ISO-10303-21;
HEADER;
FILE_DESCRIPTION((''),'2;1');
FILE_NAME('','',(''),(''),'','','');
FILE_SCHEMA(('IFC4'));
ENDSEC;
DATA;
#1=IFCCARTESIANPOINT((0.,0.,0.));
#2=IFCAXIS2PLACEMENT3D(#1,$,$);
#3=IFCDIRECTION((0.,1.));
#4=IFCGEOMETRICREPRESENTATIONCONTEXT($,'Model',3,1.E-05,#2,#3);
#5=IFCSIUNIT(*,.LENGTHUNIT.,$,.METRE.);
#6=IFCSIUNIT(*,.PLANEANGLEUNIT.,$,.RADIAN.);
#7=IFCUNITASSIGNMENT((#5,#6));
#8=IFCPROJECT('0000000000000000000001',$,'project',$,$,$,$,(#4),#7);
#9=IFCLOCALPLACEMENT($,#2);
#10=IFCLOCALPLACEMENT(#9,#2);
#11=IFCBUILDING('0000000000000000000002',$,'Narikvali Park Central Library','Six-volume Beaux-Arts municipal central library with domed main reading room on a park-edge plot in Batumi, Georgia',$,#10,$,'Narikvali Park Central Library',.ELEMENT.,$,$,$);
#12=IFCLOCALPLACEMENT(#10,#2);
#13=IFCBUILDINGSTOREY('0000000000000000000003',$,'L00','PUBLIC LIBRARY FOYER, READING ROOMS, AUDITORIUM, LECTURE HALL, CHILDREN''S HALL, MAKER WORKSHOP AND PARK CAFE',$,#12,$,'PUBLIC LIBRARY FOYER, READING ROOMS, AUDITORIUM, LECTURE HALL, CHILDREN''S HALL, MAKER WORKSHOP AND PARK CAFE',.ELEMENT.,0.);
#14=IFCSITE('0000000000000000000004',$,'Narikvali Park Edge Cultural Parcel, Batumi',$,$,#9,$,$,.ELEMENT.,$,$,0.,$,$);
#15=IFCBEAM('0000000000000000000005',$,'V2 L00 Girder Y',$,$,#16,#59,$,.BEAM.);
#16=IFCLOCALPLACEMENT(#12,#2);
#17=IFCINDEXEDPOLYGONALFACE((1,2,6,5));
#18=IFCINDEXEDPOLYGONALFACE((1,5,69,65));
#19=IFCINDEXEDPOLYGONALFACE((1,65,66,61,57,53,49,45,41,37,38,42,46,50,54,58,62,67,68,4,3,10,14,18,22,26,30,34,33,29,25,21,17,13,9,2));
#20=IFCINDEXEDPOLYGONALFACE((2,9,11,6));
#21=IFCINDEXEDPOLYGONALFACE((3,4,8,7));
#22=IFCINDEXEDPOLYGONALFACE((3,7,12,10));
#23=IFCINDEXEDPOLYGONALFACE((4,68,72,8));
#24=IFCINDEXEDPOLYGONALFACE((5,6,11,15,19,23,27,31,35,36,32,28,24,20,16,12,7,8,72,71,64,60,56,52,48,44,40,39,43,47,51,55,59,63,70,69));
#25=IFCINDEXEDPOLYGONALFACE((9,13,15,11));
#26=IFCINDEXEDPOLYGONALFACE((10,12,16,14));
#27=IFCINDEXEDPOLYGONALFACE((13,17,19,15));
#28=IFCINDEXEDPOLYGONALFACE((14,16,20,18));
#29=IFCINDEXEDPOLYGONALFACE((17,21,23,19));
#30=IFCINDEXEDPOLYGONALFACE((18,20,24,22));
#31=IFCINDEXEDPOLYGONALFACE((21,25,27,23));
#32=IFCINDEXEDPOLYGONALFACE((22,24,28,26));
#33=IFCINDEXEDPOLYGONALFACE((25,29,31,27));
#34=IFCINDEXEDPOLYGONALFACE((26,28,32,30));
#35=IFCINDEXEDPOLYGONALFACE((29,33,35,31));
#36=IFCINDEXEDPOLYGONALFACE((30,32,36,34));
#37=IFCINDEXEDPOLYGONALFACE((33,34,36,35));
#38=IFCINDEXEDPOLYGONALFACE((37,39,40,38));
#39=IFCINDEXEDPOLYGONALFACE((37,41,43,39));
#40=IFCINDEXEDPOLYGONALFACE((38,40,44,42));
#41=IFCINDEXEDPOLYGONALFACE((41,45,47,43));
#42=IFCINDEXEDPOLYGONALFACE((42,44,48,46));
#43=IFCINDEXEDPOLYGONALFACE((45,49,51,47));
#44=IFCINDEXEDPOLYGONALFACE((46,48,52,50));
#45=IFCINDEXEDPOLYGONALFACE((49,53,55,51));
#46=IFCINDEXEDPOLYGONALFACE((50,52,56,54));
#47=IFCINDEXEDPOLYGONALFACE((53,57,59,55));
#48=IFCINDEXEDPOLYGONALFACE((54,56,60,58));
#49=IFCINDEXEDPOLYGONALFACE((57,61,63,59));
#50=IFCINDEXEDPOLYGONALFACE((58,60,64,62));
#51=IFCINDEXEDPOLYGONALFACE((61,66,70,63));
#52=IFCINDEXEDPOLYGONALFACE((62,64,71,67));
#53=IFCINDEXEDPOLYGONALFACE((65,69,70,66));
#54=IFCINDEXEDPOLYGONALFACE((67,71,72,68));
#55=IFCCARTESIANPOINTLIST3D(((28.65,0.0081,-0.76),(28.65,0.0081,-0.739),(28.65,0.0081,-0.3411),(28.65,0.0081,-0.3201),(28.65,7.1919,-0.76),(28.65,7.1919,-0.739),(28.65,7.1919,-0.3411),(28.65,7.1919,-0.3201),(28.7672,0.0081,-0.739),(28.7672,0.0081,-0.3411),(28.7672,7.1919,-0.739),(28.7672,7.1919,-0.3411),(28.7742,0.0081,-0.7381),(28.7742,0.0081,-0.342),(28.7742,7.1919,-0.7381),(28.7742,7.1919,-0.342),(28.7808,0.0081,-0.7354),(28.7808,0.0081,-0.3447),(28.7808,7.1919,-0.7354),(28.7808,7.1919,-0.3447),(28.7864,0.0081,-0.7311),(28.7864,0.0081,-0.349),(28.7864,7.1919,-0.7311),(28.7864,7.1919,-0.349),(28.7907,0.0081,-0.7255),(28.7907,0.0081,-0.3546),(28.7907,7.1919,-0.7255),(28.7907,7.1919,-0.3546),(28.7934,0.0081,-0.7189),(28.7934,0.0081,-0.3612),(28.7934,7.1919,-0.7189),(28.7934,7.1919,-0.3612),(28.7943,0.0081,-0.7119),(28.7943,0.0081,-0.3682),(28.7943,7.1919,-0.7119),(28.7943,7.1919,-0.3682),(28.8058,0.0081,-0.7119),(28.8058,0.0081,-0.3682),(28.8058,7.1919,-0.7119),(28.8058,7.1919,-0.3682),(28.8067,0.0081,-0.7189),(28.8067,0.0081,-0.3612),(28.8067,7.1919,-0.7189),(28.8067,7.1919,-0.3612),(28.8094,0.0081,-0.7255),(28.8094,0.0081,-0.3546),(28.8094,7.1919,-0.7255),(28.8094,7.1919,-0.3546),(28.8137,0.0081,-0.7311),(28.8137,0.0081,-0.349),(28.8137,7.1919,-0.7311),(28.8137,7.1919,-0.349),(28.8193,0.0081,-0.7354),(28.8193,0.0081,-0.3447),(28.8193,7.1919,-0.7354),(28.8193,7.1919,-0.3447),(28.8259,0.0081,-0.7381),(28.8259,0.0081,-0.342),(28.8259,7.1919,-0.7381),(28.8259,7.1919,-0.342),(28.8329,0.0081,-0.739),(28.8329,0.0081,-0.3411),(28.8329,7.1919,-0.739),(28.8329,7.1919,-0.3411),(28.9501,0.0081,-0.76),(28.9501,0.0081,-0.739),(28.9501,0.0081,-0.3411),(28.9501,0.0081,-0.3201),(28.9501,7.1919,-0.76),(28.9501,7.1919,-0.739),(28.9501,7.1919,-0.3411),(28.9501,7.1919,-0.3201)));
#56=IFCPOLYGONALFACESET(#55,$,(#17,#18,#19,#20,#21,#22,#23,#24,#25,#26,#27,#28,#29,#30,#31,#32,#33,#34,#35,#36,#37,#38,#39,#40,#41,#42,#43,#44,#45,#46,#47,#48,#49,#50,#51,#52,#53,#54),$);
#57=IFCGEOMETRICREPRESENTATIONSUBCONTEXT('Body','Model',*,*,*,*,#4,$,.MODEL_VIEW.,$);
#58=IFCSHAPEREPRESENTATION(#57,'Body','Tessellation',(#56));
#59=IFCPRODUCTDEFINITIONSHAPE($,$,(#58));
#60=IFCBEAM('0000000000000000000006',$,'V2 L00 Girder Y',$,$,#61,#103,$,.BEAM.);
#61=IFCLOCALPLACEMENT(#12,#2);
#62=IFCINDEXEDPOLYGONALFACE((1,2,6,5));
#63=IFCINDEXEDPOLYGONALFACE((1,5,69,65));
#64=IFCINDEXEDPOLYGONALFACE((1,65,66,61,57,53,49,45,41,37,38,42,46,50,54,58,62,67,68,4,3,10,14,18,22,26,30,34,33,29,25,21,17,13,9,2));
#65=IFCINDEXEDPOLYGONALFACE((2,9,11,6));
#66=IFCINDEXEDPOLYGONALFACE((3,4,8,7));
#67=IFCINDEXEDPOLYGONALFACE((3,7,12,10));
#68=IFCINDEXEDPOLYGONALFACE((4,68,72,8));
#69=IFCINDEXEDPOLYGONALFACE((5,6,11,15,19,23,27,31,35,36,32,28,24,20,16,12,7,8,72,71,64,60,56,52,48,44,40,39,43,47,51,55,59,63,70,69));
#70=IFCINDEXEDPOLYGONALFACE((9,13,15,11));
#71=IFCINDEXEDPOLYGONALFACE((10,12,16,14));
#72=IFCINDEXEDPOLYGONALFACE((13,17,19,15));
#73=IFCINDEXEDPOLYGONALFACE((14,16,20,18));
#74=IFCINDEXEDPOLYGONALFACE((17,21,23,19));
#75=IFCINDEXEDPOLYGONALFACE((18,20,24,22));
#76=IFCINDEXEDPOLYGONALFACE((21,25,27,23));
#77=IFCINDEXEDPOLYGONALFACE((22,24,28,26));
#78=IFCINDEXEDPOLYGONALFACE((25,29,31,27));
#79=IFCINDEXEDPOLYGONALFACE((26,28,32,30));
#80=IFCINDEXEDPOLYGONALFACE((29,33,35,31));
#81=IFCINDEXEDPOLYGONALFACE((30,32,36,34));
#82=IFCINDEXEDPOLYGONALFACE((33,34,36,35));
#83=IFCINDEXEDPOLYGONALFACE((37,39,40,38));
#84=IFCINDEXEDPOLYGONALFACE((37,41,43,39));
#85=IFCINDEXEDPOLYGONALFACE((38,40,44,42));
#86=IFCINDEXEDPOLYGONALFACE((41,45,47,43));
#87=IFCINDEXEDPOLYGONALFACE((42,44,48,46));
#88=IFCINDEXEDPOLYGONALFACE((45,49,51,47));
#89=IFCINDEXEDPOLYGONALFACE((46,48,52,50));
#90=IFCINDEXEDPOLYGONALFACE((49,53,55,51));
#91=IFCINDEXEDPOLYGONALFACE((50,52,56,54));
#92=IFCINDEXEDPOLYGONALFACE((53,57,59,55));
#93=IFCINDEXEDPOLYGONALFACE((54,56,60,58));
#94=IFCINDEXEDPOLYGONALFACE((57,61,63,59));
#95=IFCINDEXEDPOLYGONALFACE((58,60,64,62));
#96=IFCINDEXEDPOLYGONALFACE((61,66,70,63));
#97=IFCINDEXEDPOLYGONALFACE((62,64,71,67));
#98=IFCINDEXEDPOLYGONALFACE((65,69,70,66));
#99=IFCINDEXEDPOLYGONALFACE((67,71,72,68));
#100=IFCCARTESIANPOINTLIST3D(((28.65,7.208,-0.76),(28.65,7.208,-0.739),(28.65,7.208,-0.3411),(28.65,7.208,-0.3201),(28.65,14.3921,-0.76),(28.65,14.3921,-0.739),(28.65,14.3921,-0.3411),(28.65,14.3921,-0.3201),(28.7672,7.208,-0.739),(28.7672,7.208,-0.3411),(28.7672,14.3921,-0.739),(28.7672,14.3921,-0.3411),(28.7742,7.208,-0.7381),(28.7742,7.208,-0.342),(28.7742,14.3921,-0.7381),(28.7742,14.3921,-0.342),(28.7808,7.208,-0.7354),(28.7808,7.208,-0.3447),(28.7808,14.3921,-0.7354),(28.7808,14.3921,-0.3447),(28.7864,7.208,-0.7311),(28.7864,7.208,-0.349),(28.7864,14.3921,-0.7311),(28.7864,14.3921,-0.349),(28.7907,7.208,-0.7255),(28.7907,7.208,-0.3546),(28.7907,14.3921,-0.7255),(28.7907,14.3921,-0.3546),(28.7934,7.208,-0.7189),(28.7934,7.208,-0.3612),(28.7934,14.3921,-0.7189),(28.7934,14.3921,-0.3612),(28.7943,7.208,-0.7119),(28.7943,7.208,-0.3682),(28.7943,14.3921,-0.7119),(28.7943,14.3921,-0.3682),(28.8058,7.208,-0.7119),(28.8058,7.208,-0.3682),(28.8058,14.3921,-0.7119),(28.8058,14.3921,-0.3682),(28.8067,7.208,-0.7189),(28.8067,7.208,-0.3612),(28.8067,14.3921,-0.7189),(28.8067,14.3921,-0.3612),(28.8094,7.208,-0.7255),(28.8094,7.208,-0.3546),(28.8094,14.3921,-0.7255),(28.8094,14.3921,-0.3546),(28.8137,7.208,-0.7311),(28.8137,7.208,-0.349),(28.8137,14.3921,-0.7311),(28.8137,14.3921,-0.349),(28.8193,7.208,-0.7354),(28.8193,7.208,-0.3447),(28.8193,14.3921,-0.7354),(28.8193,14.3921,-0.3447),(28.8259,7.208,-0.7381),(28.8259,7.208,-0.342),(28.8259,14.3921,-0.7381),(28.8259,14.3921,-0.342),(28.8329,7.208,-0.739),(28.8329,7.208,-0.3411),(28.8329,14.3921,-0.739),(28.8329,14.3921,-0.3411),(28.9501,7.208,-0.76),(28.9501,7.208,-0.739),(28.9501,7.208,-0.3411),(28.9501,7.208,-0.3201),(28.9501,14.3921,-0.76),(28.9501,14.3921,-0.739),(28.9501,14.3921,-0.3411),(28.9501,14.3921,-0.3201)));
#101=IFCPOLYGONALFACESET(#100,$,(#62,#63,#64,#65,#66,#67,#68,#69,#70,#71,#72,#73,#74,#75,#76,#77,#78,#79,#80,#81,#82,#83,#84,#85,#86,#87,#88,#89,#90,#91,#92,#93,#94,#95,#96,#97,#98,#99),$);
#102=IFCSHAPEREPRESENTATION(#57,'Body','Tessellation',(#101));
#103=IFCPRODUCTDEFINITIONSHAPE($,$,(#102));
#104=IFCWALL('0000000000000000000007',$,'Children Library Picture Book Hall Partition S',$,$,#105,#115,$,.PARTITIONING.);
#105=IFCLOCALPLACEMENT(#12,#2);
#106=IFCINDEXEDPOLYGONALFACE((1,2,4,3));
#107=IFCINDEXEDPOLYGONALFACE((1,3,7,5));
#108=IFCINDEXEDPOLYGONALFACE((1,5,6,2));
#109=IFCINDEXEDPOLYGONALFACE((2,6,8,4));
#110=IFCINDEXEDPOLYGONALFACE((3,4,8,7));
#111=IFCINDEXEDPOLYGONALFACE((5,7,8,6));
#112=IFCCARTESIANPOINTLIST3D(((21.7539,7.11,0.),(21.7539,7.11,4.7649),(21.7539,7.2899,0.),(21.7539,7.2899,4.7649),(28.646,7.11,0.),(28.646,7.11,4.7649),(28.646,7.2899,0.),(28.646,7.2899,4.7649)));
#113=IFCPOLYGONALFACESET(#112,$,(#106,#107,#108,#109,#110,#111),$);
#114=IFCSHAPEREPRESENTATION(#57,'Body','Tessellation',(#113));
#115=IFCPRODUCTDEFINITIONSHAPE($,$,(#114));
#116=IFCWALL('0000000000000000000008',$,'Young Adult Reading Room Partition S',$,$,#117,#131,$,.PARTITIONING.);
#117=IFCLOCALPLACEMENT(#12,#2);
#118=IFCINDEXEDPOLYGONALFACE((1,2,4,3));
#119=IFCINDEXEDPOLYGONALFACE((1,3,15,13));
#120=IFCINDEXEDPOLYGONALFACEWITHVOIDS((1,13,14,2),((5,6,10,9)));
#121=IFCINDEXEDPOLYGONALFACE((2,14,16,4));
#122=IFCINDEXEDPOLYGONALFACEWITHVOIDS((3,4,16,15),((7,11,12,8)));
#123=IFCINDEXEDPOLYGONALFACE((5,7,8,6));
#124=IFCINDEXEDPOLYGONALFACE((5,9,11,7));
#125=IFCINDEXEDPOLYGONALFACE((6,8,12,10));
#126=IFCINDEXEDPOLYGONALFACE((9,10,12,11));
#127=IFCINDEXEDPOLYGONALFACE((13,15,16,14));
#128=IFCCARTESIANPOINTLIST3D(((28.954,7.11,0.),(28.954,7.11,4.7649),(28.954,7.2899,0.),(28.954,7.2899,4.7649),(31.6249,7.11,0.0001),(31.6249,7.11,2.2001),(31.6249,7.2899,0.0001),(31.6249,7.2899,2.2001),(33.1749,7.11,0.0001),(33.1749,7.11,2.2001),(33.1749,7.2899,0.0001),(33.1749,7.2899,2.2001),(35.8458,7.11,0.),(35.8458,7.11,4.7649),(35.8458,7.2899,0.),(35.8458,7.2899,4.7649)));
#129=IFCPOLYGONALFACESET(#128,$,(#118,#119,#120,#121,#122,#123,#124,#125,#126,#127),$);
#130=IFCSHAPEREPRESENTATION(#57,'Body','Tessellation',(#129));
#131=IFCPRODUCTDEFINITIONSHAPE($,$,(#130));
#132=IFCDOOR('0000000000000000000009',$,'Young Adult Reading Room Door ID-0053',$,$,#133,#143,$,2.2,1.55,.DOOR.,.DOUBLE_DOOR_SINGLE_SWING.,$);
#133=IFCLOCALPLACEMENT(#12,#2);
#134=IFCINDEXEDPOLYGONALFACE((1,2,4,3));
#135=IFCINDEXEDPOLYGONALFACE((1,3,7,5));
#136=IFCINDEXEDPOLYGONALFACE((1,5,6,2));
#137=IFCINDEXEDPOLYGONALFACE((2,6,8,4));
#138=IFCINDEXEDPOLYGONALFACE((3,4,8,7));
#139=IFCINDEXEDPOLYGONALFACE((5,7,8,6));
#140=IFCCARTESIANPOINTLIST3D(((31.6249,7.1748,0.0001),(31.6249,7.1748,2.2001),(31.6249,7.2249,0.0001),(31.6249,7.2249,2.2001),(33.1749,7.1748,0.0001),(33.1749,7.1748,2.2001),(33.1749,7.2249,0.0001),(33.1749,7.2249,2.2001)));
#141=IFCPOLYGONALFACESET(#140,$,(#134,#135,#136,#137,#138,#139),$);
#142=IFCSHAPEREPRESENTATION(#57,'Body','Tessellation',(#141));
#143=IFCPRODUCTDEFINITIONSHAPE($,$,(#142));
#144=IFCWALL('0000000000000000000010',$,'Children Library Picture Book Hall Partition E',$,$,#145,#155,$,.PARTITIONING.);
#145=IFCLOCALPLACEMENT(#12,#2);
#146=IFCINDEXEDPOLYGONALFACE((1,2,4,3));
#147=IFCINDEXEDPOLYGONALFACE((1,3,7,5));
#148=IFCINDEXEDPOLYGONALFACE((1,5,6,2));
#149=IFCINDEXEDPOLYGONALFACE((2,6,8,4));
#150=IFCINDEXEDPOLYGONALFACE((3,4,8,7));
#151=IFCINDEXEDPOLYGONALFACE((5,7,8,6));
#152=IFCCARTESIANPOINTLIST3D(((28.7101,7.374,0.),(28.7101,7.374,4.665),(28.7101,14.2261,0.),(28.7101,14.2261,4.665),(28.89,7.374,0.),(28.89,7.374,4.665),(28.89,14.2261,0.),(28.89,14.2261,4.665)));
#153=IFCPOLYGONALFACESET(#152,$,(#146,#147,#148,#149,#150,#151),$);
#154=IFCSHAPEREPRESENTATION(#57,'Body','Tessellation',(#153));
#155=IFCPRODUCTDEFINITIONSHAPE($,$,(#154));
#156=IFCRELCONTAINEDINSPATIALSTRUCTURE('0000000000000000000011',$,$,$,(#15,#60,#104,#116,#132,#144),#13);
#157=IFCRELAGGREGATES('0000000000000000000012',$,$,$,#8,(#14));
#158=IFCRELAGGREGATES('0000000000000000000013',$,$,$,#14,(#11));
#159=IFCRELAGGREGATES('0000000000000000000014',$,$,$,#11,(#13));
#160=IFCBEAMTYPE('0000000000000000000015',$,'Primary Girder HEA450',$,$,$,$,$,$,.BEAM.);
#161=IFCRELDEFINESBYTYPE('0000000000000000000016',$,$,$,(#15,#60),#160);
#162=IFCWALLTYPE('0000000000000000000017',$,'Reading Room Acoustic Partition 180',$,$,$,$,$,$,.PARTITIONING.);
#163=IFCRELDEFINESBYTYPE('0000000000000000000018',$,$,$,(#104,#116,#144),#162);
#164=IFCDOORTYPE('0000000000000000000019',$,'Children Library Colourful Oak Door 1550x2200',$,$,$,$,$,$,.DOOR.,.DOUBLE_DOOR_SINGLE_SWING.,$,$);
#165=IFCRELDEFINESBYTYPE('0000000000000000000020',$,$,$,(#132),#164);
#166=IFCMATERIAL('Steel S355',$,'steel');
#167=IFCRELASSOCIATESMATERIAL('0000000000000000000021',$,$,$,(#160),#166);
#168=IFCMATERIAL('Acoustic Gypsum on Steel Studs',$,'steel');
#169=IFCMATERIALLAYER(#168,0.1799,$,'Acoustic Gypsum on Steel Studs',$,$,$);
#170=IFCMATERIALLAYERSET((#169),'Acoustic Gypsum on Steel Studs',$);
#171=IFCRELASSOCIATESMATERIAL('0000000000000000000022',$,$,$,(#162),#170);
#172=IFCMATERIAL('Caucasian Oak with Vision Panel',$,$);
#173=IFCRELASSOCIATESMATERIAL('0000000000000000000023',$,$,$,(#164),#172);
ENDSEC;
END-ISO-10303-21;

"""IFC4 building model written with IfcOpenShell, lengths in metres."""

from ifc_helpers import new_model, si_unit, direction, frame, frame_2d, origin, origin_2d, place, context, subcontext, project, spatial, rectangle, i_section, extrude, material, layer, layer_set, material_profile, profile_set, type_object, element, fill, save


model = new_model("IFC4")

# Units and contexts
model_context = context("Model", 3, precision=1e-05, world=origin(), true_north=direction((0.0, 1.0)))
body_context = subcontext(model_context, "Body", "Model", "MODEL_VIEW")
ifc_project = project(units=[si_unit("LENGTHUNIT", "METRE"), si_unit("PLANEANGLEUNIT", "RADIAN")], contexts=[model_context])

# Site, building, storey
site_placement = place(None, origin())
site = spatial("IfcSite", under=ifc_project, at=site_placement, Name="Narikvali Park Edge Cultural Parcel, Batumi", CompositionType="ELEMENT", RefElevation=0.0)
building_placement = place(site_placement, origin())
building = spatial("IfcBuilding", under=site, at=building_placement, Name="Narikvali Park Central Library", Description="Six-volume Beaux-Arts municipal central library with domed main reading room on a park-edge plot in Batumi, Georgia", LongName="Narikvali Park Central Library", CompositionType="ELEMENT")
storey_placement = place(building_placement, origin())
storey = spatial("IfcBuildingStorey", under=building, at=storey_placement, Name="L00", Description="PUBLIC LIBRARY FOYER, READING ROOMS, AUDITORIUM, LECTURE HALL, CHILDREN'S HALL, MAKER WORKSHOP AND PARK CAFE", LongName="PUBLIC LIBRARY FOYER, READING ROOMS, AUDITORIUM, LECTURE HALL, CHILDREN'S HALL, MAKER WORKSHOP AND PARK CAFE", CompositionType="ELEMENT", Elevation=0.0)

# Shared definitions
ifc_material_1 = material(Name="Steel S355", Category="steel")

# Beams
ifc_material_profile_1 = material_profile(ifc_material_1, i_section(OverallWidth=0.3, OverallDepth=0.4399, WebThickness=0.0115, FlangeThickness=0.021, FilletRadius=0.0271, at=origin_2d()), Name="HEA 450")
ifc_profile_set_1 = profile_set([ifc_material_profile_1], Name="Steel S355")
beam_type_1 = type_object("IfcBeamType", Name="Primary Girder HEA450", PredefinedType="BEAM", material=ifc_profile_set_1)
beam_1_placement = place(storey_placement, frame((28.8, 0.0081, -0.54), z_axis=(0.0, 1.0, 0.0), x_axis=(-1.0, 0.0, 0.0)))
element("IfcBeam", 1, at=beam_1_placement, inside=storey, type_object=beam_type_1, Name="V2 L00 Girder Y", PredefinedType="BEAM", context=body_context, shape_type="SweptSolid", body=[
    extrude(i_section(OverallWidth=0.3, OverallDepth=0.4399, WebThickness=0.0115, FlangeThickness=0.021, FilletRadius=0.0271, at=origin_2d()), origin(), (0.0, 0.0, 1.0), 7.1838),
])
beam_2_placement = place(storey_placement, frame((28.8, 7.208, -0.54), z_axis=(0.0, 1.0, 0.0), x_axis=(-1.0, 0.0, 0.0)))
element("IfcBeam", 2, at=beam_2_placement, inside=storey, type_object=beam_type_1, Name="V2 L00 Girder Y", PredefinedType="BEAM", context=body_context, shape_type="SweptSolid", body=[
    extrude(i_section(OverallWidth=0.3, OverallDepth=0.4399, WebThickness=0.0115, FlangeThickness=0.021, FilletRadius=0.0271, at=origin_2d()), origin(), (0.0, 0.0, 1.0), 7.1841),
])

# Wall
ifc_material_2 = material(Name="Acoustic Gypsum on Steel Studs", Category="steel")
ifc_layer_1 = layer(ifc_material_2, 0.1799, Name="Acoustic Gypsum on Steel Studs")
ifc_layer_set_1 = layer_set([ifc_layer_1], Name="Acoustic Gypsum on Steel Studs")
wall_type_1 = type_object("IfcWallType", Name="Reading Room Acoustic Partition 180", PredefinedType="PARTITIONING", material=ifc_layer_set_1)
wall_1_placement = place(storey_placement, frame((21.7539, 7.2, 0.0), z_axis=(0.0, 0.0, 1.0), x_axis=(1.0, 0.0, 0.0)))
element("IfcWall", 3, at=wall_1_placement, inside=storey, type_object=wall_type_1, Name="Children Library Picture Book Hall Partition S", PredefinedType="PARTITIONING", context=body_context, shape_type="SweptSolid", body=[
    extrude(rectangle(XDim=6.8921, YDim=0.1799, at=frame_2d((3.446, 0.0))), origin(), (0.0, 0.0, 1.0), 4.7649),
])

# Wall, opening, door
wall_2_placement = place(storey_placement, frame((28.9541, 7.2, 0.0), z_axis=(0.0, 0.0, 1.0), x_axis=(1.0, 0.0, 0.0)))
wall_2 = element("IfcWall", 4, at=wall_2_placement, inside=storey, type_object=wall_type_1, Name="Young Adult Reading Room Partition S", PredefinedType="PARTITIONING", context=body_context, shape_type="SweptSolid", body=[
    extrude(rectangle(XDim=6.8918, YDim=0.1799, at=frame_2d((3.4458, 0.0))), origin(), (0.0, 0.0, 1.0), 4.7649),
])
opening_1_placement = place(wall_2_placement, frame((2.6709, 0.0, 0.0)))
opening_1 = element("IfcOpeningElement", 5, at=opening_1_placement, cuts=wall_2, PredefinedType="OPENING", context=body_context, shape_type="SweptSolid", body=[
    extrude(rectangle(XDim=1.55, YDim=2.2, at=frame_2d((0.7749, 1.1001))), frame((0.0, 0.1021, 0.0), z_axis=(0.0, -1.0, 0.0), x_axis=(1.0, 0.0, 0.0)), (0.0, 0.0, 1.0), 0.2039),
])
ifc_material_3 = material(Name="Caucasian Oak with Vision Panel")
door_type_1 = type_object("IfcDoorType", Name="Children Library Colourful Oak Door 1550x2200", OperationType="DOUBLE_DOOR_SINGLE_SWING", PredefinedType="DOOR", material=ifc_material_3)
door_1_placement = place(opening_1_placement, origin())
door_1 = element("IfcDoor", 6, at=door_1_placement, inside=storey, type_object=door_type_1, Name="Young Adult Reading Room Door ID-0053", OperationType="DOUBLE_DOOR_SINGLE_SWING", OverallHeight=2.2, OverallWidth=1.55, PredefinedType="DOOR", context=body_context, shape_type="SweptSolid", body=[
    extrude(rectangle(XDim=1.55, YDim=2.2, at=frame_2d((0.7749, 1.1001))), frame((0.0, 0.0249, 0.0), z_axis=(0.0, -1.0, 0.0), x_axis=(1.0, 0.0, 0.0)), (0.0, 0.0, 1.0), 0.05),
])
fill(opening_1, door_1)

# Wall
wall_3_placement = place(storey_placement, frame((28.8, 7.374, 0.0), z_axis=(0.0, 0.0, 1.0), x_axis=(0.0, 1.0, 0.0)))
element("IfcWall", 7, at=wall_3_placement, inside=storey, type_object=wall_type_1, Name="Children Library Picture Book Hall Partition E", PredefinedType="PARTITIONING", context=body_context, shape_type="SweptSolid", body=[
    extrude(rectangle(XDim=6.8521, YDim=0.1799, at=frame_2d((3.426, 0.0))), origin(), (0.0, 0.0, 1.0), 4.665),
])

save(model, "model.ifc")
